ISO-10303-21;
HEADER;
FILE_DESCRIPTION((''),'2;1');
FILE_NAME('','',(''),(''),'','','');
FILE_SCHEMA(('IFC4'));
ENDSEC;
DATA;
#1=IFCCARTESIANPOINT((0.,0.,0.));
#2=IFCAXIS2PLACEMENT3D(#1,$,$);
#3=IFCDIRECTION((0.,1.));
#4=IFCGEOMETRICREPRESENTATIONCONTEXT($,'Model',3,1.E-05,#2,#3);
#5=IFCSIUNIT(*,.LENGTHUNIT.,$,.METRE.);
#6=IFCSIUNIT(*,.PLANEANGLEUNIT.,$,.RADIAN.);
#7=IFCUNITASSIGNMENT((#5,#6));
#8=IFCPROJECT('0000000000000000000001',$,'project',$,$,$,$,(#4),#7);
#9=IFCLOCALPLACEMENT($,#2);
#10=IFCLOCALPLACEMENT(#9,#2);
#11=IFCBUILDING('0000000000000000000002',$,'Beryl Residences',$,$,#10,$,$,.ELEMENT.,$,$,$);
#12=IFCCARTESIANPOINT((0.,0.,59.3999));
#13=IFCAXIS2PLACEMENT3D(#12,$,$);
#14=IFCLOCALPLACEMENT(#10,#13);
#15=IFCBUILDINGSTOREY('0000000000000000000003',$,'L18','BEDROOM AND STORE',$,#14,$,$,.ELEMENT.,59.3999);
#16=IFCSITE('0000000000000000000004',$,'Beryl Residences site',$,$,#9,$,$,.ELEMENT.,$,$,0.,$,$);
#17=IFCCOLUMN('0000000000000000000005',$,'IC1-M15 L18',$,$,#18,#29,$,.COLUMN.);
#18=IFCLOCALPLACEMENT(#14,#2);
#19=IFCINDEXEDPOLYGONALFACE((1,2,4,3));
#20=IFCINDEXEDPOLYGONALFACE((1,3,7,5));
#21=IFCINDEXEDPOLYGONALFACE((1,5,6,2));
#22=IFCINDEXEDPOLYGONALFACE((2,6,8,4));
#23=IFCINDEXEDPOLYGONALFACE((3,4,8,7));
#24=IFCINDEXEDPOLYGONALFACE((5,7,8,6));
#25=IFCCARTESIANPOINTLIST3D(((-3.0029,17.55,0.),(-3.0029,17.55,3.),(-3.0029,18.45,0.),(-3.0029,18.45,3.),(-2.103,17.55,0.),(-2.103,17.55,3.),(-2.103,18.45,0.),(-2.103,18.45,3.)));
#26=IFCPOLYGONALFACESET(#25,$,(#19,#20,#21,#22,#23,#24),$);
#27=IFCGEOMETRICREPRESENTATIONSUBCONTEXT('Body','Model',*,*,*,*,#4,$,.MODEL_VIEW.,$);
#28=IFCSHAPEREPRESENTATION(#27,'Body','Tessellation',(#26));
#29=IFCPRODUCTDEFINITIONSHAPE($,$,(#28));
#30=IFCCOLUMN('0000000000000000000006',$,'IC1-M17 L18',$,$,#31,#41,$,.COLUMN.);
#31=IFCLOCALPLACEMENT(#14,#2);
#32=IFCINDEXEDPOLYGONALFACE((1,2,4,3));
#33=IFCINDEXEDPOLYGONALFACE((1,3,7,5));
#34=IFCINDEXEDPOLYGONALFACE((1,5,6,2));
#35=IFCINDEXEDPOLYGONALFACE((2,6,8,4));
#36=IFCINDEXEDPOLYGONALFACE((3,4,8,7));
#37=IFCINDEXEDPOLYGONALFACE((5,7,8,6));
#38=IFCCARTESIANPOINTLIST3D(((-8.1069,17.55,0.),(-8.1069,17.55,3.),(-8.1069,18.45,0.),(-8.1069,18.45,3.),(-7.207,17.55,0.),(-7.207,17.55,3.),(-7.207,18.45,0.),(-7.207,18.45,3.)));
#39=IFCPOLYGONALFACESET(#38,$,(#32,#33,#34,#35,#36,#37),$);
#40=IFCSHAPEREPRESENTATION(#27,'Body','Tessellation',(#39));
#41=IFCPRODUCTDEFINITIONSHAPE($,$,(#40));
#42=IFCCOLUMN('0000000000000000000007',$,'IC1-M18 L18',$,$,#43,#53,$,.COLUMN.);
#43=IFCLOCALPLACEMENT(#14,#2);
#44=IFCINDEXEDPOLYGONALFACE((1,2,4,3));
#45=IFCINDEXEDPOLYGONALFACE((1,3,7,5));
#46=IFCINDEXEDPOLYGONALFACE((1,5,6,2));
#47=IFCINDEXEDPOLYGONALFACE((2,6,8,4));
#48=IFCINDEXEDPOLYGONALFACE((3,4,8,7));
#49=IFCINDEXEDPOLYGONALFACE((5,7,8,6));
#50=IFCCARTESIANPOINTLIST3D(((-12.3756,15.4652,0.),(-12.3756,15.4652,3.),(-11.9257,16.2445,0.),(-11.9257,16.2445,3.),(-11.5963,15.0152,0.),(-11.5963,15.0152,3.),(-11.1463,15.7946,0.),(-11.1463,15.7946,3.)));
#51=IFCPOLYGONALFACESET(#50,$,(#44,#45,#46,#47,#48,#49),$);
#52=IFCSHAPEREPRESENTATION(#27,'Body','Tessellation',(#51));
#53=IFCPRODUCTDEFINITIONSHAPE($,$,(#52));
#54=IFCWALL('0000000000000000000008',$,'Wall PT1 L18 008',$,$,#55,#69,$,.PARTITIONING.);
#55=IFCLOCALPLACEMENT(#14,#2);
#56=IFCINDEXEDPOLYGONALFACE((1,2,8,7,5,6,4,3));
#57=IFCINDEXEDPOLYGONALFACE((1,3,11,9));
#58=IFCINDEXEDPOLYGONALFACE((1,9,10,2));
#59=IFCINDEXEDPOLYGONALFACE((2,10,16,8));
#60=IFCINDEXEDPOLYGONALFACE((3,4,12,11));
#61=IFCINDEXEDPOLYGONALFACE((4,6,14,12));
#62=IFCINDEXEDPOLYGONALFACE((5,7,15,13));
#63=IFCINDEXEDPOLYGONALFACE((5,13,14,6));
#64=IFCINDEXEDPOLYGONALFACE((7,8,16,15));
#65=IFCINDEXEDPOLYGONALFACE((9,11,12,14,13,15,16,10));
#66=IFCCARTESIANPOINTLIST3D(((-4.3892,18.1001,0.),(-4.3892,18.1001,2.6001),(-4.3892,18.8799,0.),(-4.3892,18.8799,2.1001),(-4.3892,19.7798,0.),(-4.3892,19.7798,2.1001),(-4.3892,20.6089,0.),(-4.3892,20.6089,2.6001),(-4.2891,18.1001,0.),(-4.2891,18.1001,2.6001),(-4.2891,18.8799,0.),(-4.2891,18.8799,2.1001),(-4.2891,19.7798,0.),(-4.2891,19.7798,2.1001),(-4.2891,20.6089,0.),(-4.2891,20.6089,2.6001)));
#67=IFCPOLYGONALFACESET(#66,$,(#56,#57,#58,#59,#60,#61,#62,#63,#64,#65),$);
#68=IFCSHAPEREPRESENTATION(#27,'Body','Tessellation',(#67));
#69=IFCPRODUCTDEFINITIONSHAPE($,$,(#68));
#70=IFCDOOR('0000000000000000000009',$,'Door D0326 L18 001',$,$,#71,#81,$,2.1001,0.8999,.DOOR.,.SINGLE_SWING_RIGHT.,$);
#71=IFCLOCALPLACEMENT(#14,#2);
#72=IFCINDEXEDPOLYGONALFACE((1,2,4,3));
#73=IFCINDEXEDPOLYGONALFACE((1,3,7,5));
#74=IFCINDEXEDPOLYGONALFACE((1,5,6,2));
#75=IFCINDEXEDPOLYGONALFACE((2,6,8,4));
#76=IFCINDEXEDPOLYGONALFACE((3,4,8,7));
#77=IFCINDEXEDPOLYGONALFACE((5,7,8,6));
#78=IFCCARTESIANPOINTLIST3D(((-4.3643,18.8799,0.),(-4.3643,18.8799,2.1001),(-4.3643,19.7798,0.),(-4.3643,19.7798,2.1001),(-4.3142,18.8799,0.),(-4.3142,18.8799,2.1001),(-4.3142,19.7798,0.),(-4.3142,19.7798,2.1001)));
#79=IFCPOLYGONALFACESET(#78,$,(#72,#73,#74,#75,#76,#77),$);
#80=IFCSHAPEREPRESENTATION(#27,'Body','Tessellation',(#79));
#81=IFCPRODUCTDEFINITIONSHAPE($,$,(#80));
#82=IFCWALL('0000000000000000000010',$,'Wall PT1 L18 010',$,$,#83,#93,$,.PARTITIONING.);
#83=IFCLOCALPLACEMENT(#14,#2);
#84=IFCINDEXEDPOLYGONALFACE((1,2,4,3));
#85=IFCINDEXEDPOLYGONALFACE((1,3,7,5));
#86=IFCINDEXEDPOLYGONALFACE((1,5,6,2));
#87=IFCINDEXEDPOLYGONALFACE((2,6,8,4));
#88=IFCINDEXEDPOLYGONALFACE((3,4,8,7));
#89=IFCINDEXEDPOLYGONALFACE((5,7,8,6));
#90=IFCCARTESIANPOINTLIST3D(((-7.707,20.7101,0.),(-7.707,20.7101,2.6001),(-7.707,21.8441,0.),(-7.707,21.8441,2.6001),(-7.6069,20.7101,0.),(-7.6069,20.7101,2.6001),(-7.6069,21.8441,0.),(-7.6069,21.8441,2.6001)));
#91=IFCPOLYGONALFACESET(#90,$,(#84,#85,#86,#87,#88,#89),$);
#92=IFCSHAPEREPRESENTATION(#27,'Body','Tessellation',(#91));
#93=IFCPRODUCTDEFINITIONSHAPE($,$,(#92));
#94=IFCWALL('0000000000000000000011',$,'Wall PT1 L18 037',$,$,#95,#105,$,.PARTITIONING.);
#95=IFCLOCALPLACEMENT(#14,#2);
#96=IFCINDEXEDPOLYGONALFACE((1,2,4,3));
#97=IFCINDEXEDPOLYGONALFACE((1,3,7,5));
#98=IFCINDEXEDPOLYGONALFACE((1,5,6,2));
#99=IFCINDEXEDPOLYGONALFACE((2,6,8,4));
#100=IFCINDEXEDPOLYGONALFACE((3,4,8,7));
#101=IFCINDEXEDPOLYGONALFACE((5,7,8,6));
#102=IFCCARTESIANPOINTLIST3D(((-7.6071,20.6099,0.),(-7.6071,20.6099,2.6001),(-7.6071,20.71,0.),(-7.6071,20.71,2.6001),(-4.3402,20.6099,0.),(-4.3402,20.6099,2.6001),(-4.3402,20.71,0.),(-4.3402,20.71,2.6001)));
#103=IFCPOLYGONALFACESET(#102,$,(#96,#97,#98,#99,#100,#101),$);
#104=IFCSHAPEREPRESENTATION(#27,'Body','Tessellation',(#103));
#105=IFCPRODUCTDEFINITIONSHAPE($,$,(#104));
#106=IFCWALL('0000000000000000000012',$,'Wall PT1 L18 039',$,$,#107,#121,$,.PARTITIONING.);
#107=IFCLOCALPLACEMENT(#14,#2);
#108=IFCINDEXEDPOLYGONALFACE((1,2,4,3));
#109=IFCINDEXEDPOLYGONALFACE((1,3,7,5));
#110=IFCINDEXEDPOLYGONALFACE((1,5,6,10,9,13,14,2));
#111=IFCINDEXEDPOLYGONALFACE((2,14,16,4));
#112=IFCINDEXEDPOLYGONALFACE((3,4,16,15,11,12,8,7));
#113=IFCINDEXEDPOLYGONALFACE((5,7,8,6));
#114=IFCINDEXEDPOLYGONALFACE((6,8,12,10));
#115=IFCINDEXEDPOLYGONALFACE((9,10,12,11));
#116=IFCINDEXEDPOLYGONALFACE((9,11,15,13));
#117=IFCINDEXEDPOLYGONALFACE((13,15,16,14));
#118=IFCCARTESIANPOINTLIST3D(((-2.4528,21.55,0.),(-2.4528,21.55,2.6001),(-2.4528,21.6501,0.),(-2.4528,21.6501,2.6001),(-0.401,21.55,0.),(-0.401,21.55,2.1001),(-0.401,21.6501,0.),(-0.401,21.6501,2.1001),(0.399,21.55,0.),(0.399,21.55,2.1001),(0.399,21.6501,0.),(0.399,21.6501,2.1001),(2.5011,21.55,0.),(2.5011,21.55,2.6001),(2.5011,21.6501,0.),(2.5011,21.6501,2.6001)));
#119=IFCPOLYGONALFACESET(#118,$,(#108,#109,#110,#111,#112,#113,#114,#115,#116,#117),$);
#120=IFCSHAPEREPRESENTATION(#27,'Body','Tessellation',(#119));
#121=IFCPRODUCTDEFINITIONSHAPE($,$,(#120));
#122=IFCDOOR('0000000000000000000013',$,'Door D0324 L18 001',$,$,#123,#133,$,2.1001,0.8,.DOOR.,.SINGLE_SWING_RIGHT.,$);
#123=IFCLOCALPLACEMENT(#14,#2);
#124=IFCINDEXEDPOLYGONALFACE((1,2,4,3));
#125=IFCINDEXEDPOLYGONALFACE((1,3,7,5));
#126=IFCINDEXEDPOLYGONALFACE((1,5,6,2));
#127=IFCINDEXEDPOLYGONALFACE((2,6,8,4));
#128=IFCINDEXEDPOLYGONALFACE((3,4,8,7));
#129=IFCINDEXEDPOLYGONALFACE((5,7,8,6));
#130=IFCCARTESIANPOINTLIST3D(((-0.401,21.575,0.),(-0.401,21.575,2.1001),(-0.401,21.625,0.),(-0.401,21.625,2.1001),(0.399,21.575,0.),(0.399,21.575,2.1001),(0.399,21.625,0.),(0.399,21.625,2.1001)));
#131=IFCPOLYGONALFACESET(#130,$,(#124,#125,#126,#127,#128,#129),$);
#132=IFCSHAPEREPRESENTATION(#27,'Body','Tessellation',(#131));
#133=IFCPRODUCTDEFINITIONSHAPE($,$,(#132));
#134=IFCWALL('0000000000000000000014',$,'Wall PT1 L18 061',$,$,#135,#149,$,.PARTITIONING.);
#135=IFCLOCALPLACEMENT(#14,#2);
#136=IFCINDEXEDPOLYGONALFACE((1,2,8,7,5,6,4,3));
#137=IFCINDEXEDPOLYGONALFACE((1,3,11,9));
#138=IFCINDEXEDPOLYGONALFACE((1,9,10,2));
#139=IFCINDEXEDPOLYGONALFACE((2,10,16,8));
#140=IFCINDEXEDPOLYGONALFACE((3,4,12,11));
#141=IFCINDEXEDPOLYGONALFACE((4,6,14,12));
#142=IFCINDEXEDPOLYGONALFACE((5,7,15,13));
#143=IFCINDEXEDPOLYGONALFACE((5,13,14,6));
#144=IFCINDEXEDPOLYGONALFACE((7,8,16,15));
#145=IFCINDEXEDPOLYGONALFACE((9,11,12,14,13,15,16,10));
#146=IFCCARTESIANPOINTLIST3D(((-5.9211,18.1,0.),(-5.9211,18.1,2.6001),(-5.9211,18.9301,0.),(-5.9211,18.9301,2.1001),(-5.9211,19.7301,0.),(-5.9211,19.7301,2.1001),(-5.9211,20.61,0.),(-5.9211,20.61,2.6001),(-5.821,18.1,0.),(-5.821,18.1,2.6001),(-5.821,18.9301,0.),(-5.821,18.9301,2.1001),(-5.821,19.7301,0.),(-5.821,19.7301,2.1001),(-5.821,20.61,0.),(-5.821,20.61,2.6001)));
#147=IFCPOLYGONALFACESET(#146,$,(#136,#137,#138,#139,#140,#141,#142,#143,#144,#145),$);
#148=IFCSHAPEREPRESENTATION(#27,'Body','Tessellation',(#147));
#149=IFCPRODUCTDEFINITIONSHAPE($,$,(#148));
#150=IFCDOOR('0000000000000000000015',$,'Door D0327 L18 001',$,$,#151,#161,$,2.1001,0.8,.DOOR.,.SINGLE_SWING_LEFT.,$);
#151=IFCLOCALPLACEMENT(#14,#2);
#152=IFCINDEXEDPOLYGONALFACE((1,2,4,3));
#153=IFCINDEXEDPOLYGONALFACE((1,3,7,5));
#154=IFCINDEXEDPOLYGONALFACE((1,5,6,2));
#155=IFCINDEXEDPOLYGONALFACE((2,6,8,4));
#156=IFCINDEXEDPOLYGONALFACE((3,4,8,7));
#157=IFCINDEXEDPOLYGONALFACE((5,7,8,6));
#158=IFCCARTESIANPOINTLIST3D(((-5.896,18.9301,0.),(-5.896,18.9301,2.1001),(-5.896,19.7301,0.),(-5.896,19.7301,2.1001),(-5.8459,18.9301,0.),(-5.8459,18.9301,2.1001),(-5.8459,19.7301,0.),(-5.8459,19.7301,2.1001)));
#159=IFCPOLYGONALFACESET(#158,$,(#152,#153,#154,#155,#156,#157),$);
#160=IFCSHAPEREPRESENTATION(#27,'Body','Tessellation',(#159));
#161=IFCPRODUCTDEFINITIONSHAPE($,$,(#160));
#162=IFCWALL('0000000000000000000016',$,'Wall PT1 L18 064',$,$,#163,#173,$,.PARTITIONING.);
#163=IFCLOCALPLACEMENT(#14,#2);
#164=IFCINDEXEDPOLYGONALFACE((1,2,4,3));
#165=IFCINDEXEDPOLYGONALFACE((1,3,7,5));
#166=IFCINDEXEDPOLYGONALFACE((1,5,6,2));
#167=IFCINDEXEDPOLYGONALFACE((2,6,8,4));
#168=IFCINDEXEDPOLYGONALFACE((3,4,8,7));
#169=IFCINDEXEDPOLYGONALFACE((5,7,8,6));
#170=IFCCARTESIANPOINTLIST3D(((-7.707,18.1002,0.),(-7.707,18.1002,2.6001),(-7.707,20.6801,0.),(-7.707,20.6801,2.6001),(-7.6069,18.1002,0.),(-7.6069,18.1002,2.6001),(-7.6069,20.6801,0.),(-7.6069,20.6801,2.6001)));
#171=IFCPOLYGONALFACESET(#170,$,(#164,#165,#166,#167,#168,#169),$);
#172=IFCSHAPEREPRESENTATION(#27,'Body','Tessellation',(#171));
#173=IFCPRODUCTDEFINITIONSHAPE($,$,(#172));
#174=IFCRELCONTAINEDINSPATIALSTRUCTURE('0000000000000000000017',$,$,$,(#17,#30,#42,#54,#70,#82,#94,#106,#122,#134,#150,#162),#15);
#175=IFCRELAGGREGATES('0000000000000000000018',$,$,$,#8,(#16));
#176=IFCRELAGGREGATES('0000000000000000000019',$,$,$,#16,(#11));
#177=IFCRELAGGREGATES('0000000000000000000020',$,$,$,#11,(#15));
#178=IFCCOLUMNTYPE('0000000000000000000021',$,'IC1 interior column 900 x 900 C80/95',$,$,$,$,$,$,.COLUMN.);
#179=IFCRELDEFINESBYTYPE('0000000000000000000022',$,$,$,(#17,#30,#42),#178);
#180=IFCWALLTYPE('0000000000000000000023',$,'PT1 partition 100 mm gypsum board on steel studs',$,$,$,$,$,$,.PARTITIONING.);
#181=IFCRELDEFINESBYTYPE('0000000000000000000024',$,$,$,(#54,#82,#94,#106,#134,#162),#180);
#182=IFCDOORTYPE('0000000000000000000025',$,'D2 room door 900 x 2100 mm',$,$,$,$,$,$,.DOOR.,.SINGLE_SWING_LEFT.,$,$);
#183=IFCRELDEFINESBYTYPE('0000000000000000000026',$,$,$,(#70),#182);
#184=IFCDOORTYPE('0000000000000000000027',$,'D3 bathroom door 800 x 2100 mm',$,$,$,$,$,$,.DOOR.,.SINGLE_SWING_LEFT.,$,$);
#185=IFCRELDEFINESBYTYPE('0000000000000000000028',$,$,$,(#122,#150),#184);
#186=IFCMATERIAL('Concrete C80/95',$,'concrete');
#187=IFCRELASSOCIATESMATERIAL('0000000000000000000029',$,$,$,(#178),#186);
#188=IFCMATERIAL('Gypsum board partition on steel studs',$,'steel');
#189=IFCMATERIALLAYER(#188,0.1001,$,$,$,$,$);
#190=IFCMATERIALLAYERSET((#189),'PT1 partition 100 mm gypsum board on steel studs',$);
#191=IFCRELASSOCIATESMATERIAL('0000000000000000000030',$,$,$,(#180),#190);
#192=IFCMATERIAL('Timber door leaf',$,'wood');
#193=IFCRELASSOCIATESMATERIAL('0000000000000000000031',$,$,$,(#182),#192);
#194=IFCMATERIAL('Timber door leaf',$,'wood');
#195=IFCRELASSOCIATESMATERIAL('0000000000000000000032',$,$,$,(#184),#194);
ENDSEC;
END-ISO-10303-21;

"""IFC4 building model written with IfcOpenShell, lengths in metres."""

from ifc_helpers import new_model, si_unit, direction, frame, frame_2d, origin, origin_2d, place, context, subcontext, project, spatial, rectangle, extrude, material, layer, layer_set, material_profile, profile_set, type_object, element, fill, save


model = new_model("IFC4")

# Units and contexts
model_context = context("Model", 3, precision=1e-05, world=origin(), true_north=direction((0.0, 1.0)))
body_context = subcontext(model_context, "Body", "Model", "MODEL_VIEW")
ifc_project = project(units=[si_unit("LENGTHUNIT", "METRE"), si_unit("PLANEANGLEUNIT", "RADIAN")], contexts=[model_context])

# Site, building, storey
site_placement = place(None, origin())
site = spatial("IfcSite", under=ifc_project, at=site_placement, Name="Beryl Residences site", CompositionType="ELEMENT", RefElevation=0.0)
building_placement = place(site_placement, origin())
building = spatial("IfcBuilding", under=site, at=building_placement, Name="Beryl Residences", CompositionType="ELEMENT")
storey_placement = place(building_placement, frame((0.0, 0.0, 59.3999)))
storey = spatial("IfcBuildingStorey", under=building, at=storey_placement, Name="L18", Description="BEDROOM AND STORE", CompositionType="ELEMENT", Elevation=59.3999)

# Columns
ifc_material_1 = material(Name="Concrete C80/95", Category="concrete")
ifc_material_profile = material_profile(ifc_material_1, rectangle(XDim=0.8999, YDim=0.8999, at=origin_2d()))
ifc_profile_set = profile_set([ifc_material_profile], Name="Concrete C80/95")
column_type = type_object("IfcColumnType", Name="IC1 interior column 900 x 900 C80/95", PredefinedType="COLUMN", material=ifc_profile_set)
for number, where, z_axis, x_axis, name in (
    (1, (-2.553, 18.0, 0.0), (0.0, 0.0, 1.0), (-1.0, 0.0, 0.0), "IC1-M15 L18"),
    (2, (-7.657, 18.0, 0.0), (0.0, 0.0, 1.0), (-1.0, 0.0, 0.0), "IC1-M17 L18"),
    (3, (-11.761, 15.6299, 0.0), (0.0, 0.0, 1.0), (-0.499985, -0.866034, 0.0), "IC1-M18 L18"),
):
    element("IfcColumn", number, at=place(storey_placement, frame(where, z_axis=z_axis, x_axis=x_axis)), inside=storey, type_object=column_type, Name=name, PredefinedType="COLUMN", context=body_context, shape_type="SweptSolid", body=[
        extrude(rectangle(XDim=0.8999, YDim=0.8999, at=origin_2d()), origin(), (0.0, 0.0, 1.0), 3.0),
    ])

# Wall, opening, door
ifc_material_2 = material(Name="Gypsum board partition on steel studs", Category="steel")
ifc_layer_1 = layer(ifc_material_2, 0.1001)
ifc_layer_set_1 = layer_set([ifc_layer_1], Name="PT1 partition 100 mm gypsum board on steel studs")
wall_type_1 = type_object("IfcWallType", Name="PT1 partition 100 mm gypsum board on steel studs", PredefinedType="PARTITIONING", material=ifc_layer_set_1)
wall_1_placement = place(storey_placement, frame((-4.3391, 20.6089, 0.0), z_axis=(0.0, 0.0, 1.0), x_axis=(0.0, -1.0, 0.0)))
wall_1 = element("IfcWall", 4, at=wall_1_placement, inside=storey, type_object=wall_type_1, Name="Wall PT1 L18 008", PredefinedType="PARTITIONING", context=body_context, shape_type="SweptSolid", body=[
    extrude(rectangle(XDim=2.5088, YDim=0.1001, at=frame_2d((1.2544, 0.0))), origin(), (0.0, 0.0, 1.0), 2.6001),
])
opening_1_placement = place(wall_1_placement, frame((0.8291, 0.0, 0.0)))
opening_1 = element("IfcOpeningElement", 5, at=opening_1_placement, cuts=wall_1, PredefinedType="OPENING", context=body_context, shape_type="SweptSolid", body=[
    extrude(rectangle(XDim=0.8999, YDim=2.1001, at=frame_2d((0.45, 1.05))), frame((0.0, 0.0601, 0.0), z_axis=(0.0, -1.0, 0.0), x_axis=(1.0, 0.0, 0.0)), (0.0, 0.0, 1.0), 0.1201),
])
ifc_material_3 = material(Name="Timber door leaf", Category="wood")
door_type_1 = type_object("IfcDoorType", Name="D2 room door 900 x 2100 mm", OperationType="SINGLE_SWING_LEFT", PredefinedType="DOOR", material=ifc_material_3)
door_1_placement = place(opening_1_placement, origin())
door_1 = element("IfcDoor", 6, at=door_1_placement, inside=storey, type_object=door_type_1, Name="Door D0326 L18 001", OperationType="SINGLE_SWING_RIGHT", OverallHeight=2.1001, OverallWidth=0.8999, PredefinedType="DOOR", context=body_context, shape_type="SweptSolid", body=[
    extrude(rectangle(XDim=0.8999, YDim=2.1001, at=frame_2d((0.45, 1.05))), frame((0.0, 0.0249, 0.0), z_axis=(0.0, -1.0, 0.0), x_axis=(1.0, 0.0, 0.0)), (0.0, 0.0, 1.0), 0.05),
])
fill(opening_1, door_1)

# Walls
wall_2_placement = place(storey_placement, frame((-7.657, 21.844, 0.0), z_axis=(0.0, 0.0, 1.0), x_axis=(0.0, -1.0, 0.0)))
element("IfcWall", 7, at=wall_2_placement, inside=storey, type_object=wall_type_1, Name="Wall PT1 L18 010", PredefinedType="PARTITIONING", context=body_context, shape_type="SweptSolid", body=[
    extrude(rectangle(XDim=1.134, YDim=0.1001, at=frame_2d((0.5669, 0.0))), origin(), (0.0, 0.0, 1.0), 2.6001),
])
wall_3_placement = place(storey_placement, frame((-7.6069, 20.6599, 0.0), z_axis=(0.0, 0.0, 1.0), x_axis=(1.0, 0.0, 0.0)))
element("IfcWall", 8, at=wall_3_placement, inside=storey, type_object=wall_type_1, Name="Wall PT1 L18 037", PredefinedType="PARTITIONING", context=body_context, shape_type="SweptSolid", body=[
    extrude(rectangle(XDim=3.2668, YDim=0.1001, at=frame_2d((1.6333, 0.0))), origin(), (0.0, 0.0, 1.0), 2.6001),
])

# Walls, openings, doors
wall_4_placement = place(storey_placement, frame((-2.4529, 21.6001, 0.0), z_axis=(0.0, 0.0, 1.0), x_axis=(1.0, 0.0, 0.0)))
wall_4 = element("IfcWall", 9, at=wall_4_placement, inside=storey, type_object=wall_type_1, Name="Wall PT1 L18 039", PredefinedType="PARTITIONING", context=body_context, shape_type="SweptSolid", body=[
    extrude(rectangle(XDim=4.9539, YDim=0.1001, at=frame_2d((2.4771, 0.0))), origin(), (0.0, 0.0, 1.0), 2.6001),
])
opening_2_placement = place(wall_4_placement, frame((2.052, 0.0, 0.0)))
opening_2 = element("IfcOpeningElement", 10, at=opening_2_placement, cuts=wall_4, PredefinedType="OPENING", context=body_context, shape_type="SweptSolid", body=[
    extrude(rectangle(XDim=0.8, YDim=2.1001, at=frame_2d((0.3999, 1.05))), frame((0.0, 0.0601, 0.0), z_axis=(0.0, -1.0, 0.0), x_axis=(1.0, 0.0, 0.0)), (0.0, 0.0, 1.0), 0.1201),
])
ifc_material_4 = material(Name="Timber door leaf", Category="wood")
door_type_2 = type_object("IfcDoorType", Name="D3 bathroom door 800 x 2100 mm", OperationType="SINGLE_SWING_LEFT", PredefinedType="DOOR", material=ifc_material_4)
door_2_placement = place(opening_2_placement, origin())
door_2 = element("IfcDoor", 11, at=door_2_placement, inside=storey, type_object=door_type_2, Name="Door D0324 L18 001", OperationType="SINGLE_SWING_RIGHT", OverallHeight=2.1001, OverallWidth=0.8, PredefinedType="DOOR", context=body_context, shape_type="SweptSolid", body=[
    extrude(rectangle(XDim=0.8, YDim=2.1001, at=frame_2d((0.3999, 1.05))), frame((0.0, 0.0249, 0.0), z_axis=(0.0, -1.0, 0.0), x_axis=(1.0, 0.0, 0.0)), (0.0, 0.0, 1.0), 0.05),
])
fill(opening_2, door_2)
wall_5_placement = place(storey_placement, frame((-5.8711, 18.1001, 0.0), z_axis=(0.0, 0.0, 1.0), x_axis=(0.0, 1.0, 0.0)))
wall_5 = element("IfcWall", 12, at=wall_5_placement, inside=storey, type_object=wall_type_1, Name="Wall PT1 L18 061", PredefinedType="PARTITIONING", context=body_context, shape_type="SweptSolid", body=[
    extrude(rectangle(XDim=2.51, YDim=0.1001, at=frame_2d((1.2549, 0.0))), origin(), (0.0, 0.0, 1.0), 2.6001),
])
opening_3_placement = place(wall_5_placement, frame((0.8301, 0.0, 0.0)))
opening_3 = element("IfcOpeningElement", 13, at=opening_3_placement, cuts=wall_5, PredefinedType="OPENING", context=body_context, shape_type="SweptSolid", body=[
    extrude(rectangle(XDim=0.8, YDim=2.1001, at=frame_2d((0.3999, 1.05))), frame((0.0, 0.0601, 0.0), z_axis=(0.0, -1.0, 0.0), x_axis=(1.0, 0.0, 0.0)), (0.0, 0.0, 1.0), 0.1201),
])
door_3_placement = place(opening_3_placement, origin())
door_3 = element("IfcDoor", 14, at=door_3_placement, inside=storey, type_object=door_type_2, Name="Door D0327 L18 001", OperationType="SINGLE_SWING_LEFT", OverallHeight=2.1001, OverallWidth=0.8, PredefinedType="DOOR", context=body_context, shape_type="SweptSolid", body=[
    extrude(rectangle(XDim=0.8, YDim=2.1001, at=frame_2d((0.3999, 1.05))), frame((0.0, 0.0249, 0.0), z_axis=(0.0, -1.0, 0.0), x_axis=(1.0, 0.0, 0.0)), (0.0, 0.0, 1.0), 0.05),
])
fill(opening_3, door_3)

# Wall
wall_6_placement = place(storey_placement, frame((-7.657, 18.1001, 0.0), z_axis=(0.0, 0.0, 1.0), x_axis=(0.0, 1.0, 0.0)))
element("IfcWall", 15, at=wall_6_placement, inside=storey, type_object=wall_type_1, Name="Wall PT1 L18 064", PredefinedType="PARTITIONING", context=body_context, shape_type="SweptSolid", body=[
    extrude(rectangle(XDim=2.5798, YDim=0.1001, at=frame_2d((1.29, 0.0))), origin(), (0.0, 0.0, 1.0), 2.6001),
])

save(model, "model.ifc")
